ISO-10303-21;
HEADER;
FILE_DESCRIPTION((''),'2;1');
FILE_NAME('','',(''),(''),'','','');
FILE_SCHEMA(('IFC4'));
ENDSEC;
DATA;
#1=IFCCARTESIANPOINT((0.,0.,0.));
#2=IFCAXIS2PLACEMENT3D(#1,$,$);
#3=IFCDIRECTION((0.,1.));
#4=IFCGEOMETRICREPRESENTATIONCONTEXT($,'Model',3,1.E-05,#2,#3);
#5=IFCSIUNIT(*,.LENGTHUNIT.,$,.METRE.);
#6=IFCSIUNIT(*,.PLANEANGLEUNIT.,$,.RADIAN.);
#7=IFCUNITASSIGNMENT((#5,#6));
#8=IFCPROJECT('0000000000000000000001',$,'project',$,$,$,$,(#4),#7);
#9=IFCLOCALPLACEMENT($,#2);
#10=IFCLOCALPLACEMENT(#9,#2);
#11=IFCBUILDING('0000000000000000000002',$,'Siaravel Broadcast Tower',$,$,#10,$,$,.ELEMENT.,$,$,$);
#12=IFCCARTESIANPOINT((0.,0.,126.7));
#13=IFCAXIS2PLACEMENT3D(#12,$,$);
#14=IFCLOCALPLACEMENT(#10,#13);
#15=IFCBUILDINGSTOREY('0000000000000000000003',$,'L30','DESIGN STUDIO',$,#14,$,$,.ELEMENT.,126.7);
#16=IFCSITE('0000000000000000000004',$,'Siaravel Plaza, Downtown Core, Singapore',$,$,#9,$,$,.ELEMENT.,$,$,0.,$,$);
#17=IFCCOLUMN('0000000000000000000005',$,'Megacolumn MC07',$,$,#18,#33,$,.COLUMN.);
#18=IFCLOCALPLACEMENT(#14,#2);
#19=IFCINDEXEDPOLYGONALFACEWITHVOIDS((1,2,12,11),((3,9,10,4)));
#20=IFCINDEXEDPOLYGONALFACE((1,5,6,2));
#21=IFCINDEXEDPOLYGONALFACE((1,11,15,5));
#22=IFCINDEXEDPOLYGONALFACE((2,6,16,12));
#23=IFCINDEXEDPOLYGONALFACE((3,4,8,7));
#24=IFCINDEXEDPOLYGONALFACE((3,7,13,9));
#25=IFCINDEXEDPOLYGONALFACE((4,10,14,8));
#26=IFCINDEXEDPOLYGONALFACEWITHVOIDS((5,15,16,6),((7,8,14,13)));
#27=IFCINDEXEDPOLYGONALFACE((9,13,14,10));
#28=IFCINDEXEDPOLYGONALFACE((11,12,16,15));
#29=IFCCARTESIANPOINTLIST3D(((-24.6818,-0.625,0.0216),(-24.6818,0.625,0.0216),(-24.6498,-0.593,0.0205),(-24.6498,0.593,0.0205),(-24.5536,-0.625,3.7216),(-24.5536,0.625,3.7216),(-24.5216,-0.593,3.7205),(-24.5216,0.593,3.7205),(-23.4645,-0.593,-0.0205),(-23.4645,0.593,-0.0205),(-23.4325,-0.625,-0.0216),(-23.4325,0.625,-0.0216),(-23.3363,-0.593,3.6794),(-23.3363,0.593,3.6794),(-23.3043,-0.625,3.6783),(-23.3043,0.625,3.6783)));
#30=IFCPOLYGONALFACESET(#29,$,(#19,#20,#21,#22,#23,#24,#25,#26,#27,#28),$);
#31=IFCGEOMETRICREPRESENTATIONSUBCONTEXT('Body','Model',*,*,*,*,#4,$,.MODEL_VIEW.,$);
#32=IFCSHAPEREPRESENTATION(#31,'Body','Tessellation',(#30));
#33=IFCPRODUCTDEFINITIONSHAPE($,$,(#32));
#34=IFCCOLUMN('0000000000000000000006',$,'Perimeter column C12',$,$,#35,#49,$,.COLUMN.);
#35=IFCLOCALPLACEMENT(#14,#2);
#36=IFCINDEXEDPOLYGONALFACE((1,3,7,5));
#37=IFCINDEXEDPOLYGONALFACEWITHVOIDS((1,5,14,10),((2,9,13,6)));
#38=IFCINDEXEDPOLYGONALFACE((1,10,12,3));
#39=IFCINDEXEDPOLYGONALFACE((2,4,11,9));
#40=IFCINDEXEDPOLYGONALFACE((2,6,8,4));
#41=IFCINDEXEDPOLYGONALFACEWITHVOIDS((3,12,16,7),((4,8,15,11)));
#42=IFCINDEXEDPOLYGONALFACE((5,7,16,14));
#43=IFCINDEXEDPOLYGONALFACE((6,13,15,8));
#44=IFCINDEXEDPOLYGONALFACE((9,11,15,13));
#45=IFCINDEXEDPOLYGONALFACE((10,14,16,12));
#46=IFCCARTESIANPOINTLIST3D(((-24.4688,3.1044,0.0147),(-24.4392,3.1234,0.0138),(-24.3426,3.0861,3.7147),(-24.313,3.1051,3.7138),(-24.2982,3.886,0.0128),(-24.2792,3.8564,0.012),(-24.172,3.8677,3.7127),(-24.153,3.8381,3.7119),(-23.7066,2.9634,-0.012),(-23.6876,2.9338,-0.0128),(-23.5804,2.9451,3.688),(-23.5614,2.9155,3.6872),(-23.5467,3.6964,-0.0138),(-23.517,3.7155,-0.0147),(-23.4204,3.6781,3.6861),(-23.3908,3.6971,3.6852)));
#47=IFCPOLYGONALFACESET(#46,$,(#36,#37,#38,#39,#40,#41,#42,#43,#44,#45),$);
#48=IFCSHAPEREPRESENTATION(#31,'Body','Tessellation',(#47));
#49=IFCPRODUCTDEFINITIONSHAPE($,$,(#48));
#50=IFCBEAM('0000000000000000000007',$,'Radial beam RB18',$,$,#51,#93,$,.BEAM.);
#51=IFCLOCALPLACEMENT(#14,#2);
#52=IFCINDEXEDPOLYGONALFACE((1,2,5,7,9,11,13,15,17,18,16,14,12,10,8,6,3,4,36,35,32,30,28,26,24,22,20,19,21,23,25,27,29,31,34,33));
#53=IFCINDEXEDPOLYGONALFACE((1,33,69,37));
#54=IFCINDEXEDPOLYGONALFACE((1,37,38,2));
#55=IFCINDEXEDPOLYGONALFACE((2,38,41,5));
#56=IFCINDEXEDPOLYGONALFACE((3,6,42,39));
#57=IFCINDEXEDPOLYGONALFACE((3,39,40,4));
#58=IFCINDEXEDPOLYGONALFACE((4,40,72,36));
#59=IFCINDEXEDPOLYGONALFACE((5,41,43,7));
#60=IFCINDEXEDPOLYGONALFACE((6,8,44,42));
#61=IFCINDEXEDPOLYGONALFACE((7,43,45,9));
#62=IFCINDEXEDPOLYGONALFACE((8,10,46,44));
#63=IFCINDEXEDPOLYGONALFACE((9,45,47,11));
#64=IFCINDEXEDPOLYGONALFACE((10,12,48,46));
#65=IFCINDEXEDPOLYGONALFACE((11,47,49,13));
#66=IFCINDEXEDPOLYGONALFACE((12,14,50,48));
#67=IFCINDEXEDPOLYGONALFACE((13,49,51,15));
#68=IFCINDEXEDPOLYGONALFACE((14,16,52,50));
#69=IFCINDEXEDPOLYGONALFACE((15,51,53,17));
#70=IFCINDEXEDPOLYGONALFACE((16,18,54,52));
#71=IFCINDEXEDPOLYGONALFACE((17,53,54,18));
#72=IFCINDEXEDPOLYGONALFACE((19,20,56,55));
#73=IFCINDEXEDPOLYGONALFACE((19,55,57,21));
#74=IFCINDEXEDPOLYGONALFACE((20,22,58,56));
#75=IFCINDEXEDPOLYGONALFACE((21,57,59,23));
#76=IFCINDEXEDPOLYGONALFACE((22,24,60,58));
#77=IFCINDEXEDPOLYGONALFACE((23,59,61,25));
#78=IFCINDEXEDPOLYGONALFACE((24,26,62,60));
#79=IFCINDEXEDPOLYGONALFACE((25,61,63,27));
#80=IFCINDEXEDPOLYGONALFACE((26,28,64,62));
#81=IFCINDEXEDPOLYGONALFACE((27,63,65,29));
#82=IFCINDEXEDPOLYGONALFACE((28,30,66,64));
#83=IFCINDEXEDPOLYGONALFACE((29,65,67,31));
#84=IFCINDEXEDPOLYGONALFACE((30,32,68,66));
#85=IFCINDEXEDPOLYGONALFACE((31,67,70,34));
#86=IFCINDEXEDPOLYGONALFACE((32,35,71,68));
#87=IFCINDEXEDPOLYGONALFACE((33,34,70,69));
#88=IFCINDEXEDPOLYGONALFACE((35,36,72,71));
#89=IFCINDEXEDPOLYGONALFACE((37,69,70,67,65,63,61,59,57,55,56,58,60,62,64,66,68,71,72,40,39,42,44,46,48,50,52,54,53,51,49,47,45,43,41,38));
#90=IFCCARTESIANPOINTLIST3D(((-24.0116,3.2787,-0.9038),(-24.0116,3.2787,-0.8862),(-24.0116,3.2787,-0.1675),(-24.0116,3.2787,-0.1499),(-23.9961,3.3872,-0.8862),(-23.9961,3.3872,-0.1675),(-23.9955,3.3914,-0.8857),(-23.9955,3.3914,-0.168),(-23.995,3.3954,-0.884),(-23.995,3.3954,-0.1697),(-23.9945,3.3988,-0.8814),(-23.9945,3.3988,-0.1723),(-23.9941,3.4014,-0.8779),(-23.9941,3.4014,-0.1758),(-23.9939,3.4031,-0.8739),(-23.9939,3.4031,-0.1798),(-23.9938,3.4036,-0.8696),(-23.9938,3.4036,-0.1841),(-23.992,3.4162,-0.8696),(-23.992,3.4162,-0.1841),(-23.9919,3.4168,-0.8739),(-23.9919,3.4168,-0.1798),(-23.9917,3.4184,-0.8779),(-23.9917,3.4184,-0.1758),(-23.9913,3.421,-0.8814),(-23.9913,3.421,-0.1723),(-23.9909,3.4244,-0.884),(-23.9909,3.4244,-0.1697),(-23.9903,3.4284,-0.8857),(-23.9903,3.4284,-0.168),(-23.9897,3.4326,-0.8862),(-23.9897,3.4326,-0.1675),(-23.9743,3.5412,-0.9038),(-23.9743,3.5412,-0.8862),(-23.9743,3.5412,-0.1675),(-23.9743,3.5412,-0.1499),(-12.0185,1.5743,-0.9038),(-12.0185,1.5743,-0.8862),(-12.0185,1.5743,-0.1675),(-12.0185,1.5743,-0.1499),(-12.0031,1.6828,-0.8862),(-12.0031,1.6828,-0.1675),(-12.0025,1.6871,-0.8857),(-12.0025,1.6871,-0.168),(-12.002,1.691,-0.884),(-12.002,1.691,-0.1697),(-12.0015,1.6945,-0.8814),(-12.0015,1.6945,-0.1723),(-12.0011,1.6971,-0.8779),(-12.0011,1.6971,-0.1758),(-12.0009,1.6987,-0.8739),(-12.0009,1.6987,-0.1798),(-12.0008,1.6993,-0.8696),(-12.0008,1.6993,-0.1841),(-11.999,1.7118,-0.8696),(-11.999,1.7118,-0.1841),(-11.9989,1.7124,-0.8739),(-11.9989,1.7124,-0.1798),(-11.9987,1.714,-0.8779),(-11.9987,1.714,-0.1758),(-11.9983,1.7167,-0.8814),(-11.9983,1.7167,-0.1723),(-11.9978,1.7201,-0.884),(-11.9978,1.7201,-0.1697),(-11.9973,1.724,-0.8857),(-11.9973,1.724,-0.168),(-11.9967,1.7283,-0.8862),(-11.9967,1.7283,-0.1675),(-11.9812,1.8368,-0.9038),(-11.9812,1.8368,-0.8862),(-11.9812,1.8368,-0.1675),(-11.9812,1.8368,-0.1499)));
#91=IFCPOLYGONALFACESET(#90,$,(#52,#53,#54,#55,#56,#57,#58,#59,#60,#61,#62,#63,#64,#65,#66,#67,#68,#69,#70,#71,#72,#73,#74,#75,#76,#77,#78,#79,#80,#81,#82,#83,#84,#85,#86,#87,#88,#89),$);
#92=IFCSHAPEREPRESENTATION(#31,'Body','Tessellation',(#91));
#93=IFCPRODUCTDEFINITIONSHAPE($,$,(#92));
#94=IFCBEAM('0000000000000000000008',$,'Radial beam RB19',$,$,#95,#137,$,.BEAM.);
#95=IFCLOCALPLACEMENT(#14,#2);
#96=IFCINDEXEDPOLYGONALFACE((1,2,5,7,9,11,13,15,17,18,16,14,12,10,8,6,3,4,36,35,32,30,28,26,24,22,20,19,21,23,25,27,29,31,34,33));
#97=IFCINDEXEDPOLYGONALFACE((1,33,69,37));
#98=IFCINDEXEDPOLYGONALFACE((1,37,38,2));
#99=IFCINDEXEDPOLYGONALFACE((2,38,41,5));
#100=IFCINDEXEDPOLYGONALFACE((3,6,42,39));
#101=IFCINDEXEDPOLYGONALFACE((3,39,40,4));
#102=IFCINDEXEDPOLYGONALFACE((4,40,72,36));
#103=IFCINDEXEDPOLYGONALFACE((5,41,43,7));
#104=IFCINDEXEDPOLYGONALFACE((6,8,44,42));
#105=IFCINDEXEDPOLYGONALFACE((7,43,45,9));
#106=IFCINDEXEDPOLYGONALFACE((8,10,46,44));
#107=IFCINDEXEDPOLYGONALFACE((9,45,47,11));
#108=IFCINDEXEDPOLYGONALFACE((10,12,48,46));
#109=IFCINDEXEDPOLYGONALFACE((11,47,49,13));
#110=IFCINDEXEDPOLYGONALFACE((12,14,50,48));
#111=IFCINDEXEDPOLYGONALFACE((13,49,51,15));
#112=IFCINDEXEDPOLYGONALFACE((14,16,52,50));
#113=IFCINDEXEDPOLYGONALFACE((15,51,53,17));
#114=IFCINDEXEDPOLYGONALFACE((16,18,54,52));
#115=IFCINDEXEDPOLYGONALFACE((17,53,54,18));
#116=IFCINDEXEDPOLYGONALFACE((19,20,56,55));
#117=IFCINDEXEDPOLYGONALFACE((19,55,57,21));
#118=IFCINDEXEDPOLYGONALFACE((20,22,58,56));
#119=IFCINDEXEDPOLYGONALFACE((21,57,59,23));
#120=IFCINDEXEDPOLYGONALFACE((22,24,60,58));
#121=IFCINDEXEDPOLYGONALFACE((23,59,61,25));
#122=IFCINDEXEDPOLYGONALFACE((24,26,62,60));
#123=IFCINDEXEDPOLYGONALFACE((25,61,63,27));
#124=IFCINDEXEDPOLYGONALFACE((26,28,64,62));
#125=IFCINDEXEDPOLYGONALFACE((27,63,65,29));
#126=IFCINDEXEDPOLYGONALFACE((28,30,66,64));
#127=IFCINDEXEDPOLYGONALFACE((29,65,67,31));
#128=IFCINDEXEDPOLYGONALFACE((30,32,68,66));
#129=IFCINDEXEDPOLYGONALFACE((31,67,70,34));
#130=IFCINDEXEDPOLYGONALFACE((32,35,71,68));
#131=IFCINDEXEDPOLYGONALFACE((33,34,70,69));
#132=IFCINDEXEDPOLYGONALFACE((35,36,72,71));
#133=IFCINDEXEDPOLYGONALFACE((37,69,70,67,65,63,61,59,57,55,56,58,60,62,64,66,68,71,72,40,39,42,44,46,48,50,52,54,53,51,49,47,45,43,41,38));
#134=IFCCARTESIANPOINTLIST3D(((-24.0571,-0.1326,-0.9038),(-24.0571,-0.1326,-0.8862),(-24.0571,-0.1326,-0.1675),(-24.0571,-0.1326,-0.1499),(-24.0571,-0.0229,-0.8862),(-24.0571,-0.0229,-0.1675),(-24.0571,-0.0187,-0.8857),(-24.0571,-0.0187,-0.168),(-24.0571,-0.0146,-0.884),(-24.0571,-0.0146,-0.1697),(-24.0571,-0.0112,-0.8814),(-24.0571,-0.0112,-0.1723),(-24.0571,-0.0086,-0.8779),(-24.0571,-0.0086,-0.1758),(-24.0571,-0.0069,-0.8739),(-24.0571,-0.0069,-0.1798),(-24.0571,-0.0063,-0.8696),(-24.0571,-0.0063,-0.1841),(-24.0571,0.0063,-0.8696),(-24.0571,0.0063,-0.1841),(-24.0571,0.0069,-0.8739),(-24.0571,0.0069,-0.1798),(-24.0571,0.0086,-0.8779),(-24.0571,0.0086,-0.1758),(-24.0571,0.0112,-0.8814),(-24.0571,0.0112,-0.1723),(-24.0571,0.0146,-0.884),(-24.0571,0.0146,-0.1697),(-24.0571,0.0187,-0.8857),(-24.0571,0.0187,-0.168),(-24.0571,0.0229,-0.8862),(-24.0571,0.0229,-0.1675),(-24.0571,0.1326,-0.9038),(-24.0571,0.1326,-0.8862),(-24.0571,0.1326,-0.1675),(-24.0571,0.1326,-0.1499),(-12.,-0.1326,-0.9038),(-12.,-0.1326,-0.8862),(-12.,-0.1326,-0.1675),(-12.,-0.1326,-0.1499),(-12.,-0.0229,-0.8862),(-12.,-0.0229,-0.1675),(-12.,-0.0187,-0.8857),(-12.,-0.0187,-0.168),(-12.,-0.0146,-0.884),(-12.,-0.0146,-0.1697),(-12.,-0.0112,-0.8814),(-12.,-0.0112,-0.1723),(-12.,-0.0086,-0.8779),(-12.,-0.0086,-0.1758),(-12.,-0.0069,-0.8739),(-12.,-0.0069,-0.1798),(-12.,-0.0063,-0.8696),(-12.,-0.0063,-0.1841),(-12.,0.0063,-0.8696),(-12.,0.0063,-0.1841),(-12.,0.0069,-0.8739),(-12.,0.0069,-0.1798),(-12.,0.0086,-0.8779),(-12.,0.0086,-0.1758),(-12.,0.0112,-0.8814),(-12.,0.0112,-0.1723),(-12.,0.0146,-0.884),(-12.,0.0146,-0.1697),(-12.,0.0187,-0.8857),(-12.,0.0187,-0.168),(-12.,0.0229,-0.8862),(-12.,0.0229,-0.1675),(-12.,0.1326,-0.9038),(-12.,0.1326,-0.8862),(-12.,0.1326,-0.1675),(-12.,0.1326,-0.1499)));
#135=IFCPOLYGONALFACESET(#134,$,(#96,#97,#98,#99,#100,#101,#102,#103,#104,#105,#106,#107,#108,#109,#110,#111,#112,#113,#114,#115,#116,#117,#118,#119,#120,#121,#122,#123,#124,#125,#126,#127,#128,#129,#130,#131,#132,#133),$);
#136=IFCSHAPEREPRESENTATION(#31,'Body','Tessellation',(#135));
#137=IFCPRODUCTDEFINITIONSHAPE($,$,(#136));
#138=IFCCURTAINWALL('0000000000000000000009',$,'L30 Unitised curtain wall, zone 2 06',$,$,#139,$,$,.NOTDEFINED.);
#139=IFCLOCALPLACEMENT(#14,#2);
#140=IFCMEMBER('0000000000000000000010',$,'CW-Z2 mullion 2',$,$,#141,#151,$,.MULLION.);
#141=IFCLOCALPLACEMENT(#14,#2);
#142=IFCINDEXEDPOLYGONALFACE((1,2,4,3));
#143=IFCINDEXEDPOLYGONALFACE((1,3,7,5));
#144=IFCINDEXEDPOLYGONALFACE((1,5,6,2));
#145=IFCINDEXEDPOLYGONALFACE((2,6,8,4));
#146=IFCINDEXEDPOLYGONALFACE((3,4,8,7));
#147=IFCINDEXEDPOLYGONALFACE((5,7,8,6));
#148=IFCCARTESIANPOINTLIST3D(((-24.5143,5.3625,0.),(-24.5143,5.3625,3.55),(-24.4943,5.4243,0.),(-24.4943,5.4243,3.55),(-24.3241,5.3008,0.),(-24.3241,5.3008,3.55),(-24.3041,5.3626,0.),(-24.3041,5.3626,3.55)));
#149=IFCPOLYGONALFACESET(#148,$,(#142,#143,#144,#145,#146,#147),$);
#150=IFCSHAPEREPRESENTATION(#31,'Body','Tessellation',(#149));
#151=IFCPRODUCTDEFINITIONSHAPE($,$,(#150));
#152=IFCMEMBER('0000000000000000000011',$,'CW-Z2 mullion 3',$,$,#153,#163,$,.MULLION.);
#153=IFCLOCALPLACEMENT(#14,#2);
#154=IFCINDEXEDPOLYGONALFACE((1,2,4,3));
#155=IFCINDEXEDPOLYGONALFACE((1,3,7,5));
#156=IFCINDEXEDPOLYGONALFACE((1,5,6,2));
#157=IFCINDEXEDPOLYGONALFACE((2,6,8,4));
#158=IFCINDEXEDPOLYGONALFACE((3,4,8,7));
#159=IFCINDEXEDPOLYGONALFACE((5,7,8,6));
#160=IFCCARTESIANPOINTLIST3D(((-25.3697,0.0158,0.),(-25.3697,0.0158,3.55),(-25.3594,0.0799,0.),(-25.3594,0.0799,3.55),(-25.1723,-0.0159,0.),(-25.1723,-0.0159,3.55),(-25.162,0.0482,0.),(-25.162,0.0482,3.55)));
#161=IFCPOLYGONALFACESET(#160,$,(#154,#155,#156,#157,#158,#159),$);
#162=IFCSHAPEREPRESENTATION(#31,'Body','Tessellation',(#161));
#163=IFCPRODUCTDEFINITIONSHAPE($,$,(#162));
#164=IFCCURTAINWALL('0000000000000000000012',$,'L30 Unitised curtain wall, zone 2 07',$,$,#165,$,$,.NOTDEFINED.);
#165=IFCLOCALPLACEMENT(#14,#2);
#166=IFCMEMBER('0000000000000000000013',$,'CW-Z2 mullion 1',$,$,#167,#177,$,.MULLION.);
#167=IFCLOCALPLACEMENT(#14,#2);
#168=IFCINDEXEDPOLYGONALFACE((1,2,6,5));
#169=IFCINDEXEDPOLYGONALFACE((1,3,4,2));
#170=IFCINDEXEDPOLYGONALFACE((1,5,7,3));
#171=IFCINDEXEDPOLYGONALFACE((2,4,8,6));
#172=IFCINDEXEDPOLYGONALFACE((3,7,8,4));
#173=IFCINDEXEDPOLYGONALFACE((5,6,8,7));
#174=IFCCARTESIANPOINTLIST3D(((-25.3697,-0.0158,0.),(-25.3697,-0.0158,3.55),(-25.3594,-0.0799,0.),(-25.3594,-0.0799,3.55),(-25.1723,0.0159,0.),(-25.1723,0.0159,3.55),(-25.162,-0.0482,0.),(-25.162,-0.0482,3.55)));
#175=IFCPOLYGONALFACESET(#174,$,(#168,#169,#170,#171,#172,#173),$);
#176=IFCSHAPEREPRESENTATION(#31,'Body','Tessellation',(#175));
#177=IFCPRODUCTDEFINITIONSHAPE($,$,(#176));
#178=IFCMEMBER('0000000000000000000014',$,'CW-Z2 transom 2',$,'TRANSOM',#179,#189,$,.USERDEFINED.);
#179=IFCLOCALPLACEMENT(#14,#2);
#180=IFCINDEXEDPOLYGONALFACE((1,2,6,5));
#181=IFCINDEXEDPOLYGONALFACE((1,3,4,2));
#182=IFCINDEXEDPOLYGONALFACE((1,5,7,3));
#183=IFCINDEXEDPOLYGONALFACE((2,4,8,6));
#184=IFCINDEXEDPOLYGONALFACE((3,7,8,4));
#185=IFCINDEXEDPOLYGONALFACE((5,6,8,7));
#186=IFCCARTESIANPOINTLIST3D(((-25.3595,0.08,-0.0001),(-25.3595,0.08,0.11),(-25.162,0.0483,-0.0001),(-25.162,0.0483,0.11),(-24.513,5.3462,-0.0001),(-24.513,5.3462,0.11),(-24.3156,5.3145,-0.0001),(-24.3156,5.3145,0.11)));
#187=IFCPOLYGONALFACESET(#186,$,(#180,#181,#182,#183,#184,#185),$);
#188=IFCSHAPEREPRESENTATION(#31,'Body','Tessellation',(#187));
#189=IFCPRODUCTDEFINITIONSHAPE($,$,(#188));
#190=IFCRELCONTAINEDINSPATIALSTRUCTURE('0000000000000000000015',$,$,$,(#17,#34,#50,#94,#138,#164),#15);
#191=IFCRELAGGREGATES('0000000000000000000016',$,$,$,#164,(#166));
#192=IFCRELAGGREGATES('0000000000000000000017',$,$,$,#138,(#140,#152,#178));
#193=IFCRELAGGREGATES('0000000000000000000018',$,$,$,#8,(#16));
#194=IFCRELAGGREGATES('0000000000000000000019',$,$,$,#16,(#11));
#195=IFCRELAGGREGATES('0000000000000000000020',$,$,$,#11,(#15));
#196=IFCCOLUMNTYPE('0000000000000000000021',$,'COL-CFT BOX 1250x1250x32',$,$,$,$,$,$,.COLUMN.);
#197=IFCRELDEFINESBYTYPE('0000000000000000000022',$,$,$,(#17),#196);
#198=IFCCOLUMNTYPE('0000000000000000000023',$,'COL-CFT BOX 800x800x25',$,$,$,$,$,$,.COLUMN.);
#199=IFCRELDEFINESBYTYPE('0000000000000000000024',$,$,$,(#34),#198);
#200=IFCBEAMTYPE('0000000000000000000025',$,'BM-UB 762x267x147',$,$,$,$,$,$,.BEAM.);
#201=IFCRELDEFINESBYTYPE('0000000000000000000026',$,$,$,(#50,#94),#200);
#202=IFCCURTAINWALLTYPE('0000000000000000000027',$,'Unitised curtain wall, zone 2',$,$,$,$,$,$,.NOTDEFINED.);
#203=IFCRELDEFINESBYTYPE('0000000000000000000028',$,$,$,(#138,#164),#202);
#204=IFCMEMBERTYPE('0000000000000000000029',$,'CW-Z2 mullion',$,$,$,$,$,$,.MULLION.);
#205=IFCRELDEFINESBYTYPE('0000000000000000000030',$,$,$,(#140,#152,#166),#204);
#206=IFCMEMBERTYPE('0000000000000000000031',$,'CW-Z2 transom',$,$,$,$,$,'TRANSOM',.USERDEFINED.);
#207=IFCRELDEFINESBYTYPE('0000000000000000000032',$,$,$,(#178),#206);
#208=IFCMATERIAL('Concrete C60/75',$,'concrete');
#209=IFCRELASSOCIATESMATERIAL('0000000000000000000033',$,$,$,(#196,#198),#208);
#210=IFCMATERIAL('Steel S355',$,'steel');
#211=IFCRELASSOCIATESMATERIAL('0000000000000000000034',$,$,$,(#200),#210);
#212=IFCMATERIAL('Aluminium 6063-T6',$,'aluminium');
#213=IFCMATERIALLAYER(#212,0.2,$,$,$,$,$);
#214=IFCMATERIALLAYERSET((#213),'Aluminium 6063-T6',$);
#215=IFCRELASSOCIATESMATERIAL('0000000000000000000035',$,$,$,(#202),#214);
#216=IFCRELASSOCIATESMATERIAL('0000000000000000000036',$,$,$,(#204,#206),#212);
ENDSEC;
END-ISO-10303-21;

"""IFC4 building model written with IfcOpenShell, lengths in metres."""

from ifc_helpers import new_model, si_unit, direction, frame, origin, origin_2d, place, context, subcontext, project, spatial, rectangle, hollow_rectangle, i_section, extrude, material, layer, layer_set, material_profile, profile_set, type_object, element, aggregate, save


model = new_model("IFC4")

# Units and contexts
model_context = context("Model", 3, precision=1e-05, world=origin(), true_north=direction((0.0, 1.0)))
body_context = subcontext(model_context, "Body", "Model", "MODEL_VIEW")
ifc_project = project(units=[si_unit("LENGTHUNIT", "METRE"), si_unit("PLANEANGLEUNIT", "RADIAN")], contexts=[model_context])

# Site, building, storey
site_placement = place(None, origin())
site = spatial("IfcSite", under=ifc_project, at=site_placement, Name="Siaravel Plaza, Downtown Core, Singapore", CompositionType="ELEMENT", RefElevation=0.0)
building_placement = place(site_placement, origin())
building = spatial("IfcBuilding", under=site, at=building_placement, Name="Siaravel Broadcast Tower", CompositionType="ELEMENT")
storey_placement = place(building_placement, frame((0.0, 0.0, 126.7)))
storey = spatial("IfcBuildingStorey", under=building, at=storey_placement, Name="L30", Description="DESIGN STUDIO", CompositionType="ELEMENT", Elevation=126.7)

# Columns
ifc_material_1 = material(Name="Concrete C60/75", Category="concrete")
ifc_material_profile_1 = material_profile(ifc_material_1, hollow_rectangle(XDim=1.25, YDim=1.25, WallThickness=0.032, at=origin_2d()))
ifc_profile_set_1 = profile_set([ifc_material_profile_1], Name="Concrete C60/75")
column_type_1 = type_object("IfcColumnType", Name="COL-CFT BOX 1250x1250x32", PredefinedType="COLUMN", material=ifc_profile_set_1)
column_1_placement = place(storey_placement, frame((-24.0571, 0.0, 0.0), z_axis=(0.034621, 0.0, 0.999401), x_axis=(0.0, 1.0, 0.0)))
element("IfcColumn", 1, at=column_1_placement, inside=storey, type_object=column_type_1, Name="Megacolumn MC07", PredefinedType="COLUMN", context=body_context, shape_type="SweptSolid", body=[
    extrude(hollow_rectangle(XDim=1.25, YDim=1.25, WallThickness=0.032, at=origin_2d()), origin(), (0.0, 0.0, 1.0), 3.7021),
])
ifc_material_profile_2 = material_profile(ifc_material_1, hollow_rectangle(XDim=0.8, YDim=0.8, WallThickness=0.0249, at=origin_2d()))
ifc_profile_set_2 = profile_set([ifc_material_profile_2], Name="Concrete C60/75")
column_type_2 = type_object("IfcColumnType", Name="COL-CFT BOX 800x800x25", PredefinedType="COLUMN", material=ifc_profile_set_2)
column_2_placement = place(storey_placement, frame((-23.9929, 3.4099, 0.0), z_axis=(0.034094, -0.004946, 0.999406), x_axis=(0.213231, 0.976999, -0.002439)))
element("IfcColumn", 2, at=column_2_placement, inside=storey, type_object=column_type_2, Name="Perimeter column C12", PredefinedType="COLUMN", context=body_context, shape_type="SweptSolid", body=[
    extrude(hollow_rectangle(XDim=0.8, YDim=0.8, WallThickness=0.0249, at=origin_2d()), origin(), (0.0, 0.0, 1.0), 3.7021),
])

# Beams
ifc_material_2 = material(Name="Steel S355", Category="steel")
ifc_material_profile_3 = material_profile(ifc_material_2, i_section(OverallWidth=0.2651, OverallDepth=0.7539, WebThickness=0.0127, FlangeThickness=0.0176, FilletRadius=0.0166, at=origin_2d()))
ifc_profile_set_3 = profile_set([ifc_material_profile_3], Name="Steel S355")
beam_type = type_object("IfcBeamType", Name="BM-UB 762x267x147", PredefinedType="BEAM", material=ifc_profile_set_3)
beam_1_placement = place(storey_placement, frame((-23.9929, 3.4099, -0.5269), z_axis=(0.990052, -0.140699, 0.0), x_axis=(0.140699, 0.990052, 0.0)))
element("IfcBeam", 3, at=beam_1_placement, inside=storey, type_object=beam_type, Name="Radial beam RB18", PredefinedType="BEAM", context=body_context, shape_type="SweptSolid", body=[
    extrude(i_section(OverallWidth=0.2651, OverallDepth=0.7539, WebThickness=0.0127, FlangeThickness=0.0176, FilletRadius=0.0166, at=origin_2d()), origin(), (0.0, 0.0, 1.0), 12.1135),
])
beam_2_placement = place(storey_placement, frame((-24.0571, 0.0, -0.5269), z_axis=(1.0, 0.0, 0.0), x_axis=(0.0, 1.0, 0.0)))
element("IfcBeam", 4, at=beam_2_placement, inside=storey, type_object=beam_type, Name="Radial beam RB19", PredefinedType="BEAM", context=body_context, shape_type="SweptSolid", body=[
    extrude(i_section(OverallWidth=0.2651, OverallDepth=0.7539, WebThickness=0.0127, FlangeThickness=0.0176, FilletRadius=0.0166, at=origin_2d()), origin(), (0.0, 0.0, 1.0), 12.0571),
])

# Curtain wall, members
ifc_material_3 = material(Name="Aluminium 6063-T6", Category="aluminium")
ifc_layer_1 = layer(ifc_material_3, 0.2)
ifc_layer_set_1 = layer_set([ifc_layer_1], Name="Aluminium 6063-T6")
curtain_wall_type = type_object("IfcCurtainWallType", Name="Unitised curtain wall, zone 2", PredefinedType="NOTDEFINED", material=ifc_layer_set_1)
curtain_wall_1_placement = place(storey_placement, origin())
curtain_wall_1 = element("IfcCurtainWall", 5, at=curtain_wall_1_placement, inside=storey, type_object=curtain_wall_type, Name="L30 Unitised curtain wall, zone 2 06", PredefinedType="NOTDEFINED")
ifc_material_profile_4 = material_profile(ifc_material_3, rectangle(XDim=0.2, YDim=0.0649, at=origin_2d()))
ifc_profile_set_4 = profile_set([ifc_material_profile_4], Name="Aluminium 6063-T6")
member_type_1 = type_object("IfcMemberType", Name="CW-Z2 mullion", PredefinedType="MULLION", material=ifc_profile_set_4)
member_1_placement = place(storey_placement, frame((-24.4092, 5.3625, 0.0), z_axis=(0.0, 0.0, 1.0), x_axis=(0.951177, -0.308645, 0.0)))
member_1 = element("IfcMember", 6, at=member_1_placement, type_object=member_type_1, Name="CW-Z2 mullion 2", PredefinedType="MULLION", context=body_context, shape_type="SweptSolid", body=[
    extrude(rectangle(XDim=0.2, YDim=0.0649, at=origin_2d()), origin(), (0.0, 0.0, 1.0), 3.55),
])
member_2_placement = place(storey_placement, frame((-25.2659, 0.032, 0.0), z_axis=(0.0, 0.0, 1.0), x_axis=(0.987329, -0.158686, 0.0)))
member_2 = element("IfcMember", 7, at=member_2_placement, type_object=member_type_1, Name="CW-Z2 mullion 3", PredefinedType="MULLION", context=body_context, shape_type="SweptSolid", body=[
    extrude(rectangle(XDim=0.2, YDim=0.0649, at=origin_2d()), origin(), (0.0, 0.0, 1.0), 3.55),
])

# Curtain wall, member
curtain_wall_2_placement = place(storey_placement, origin())
curtain_wall_2 = element("IfcCurtainWall", 8, at=curtain_wall_2_placement, inside=storey, type_object=curtain_wall_type, Name="L30 Unitised curtain wall, zone 2 07", PredefinedType="NOTDEFINED")
member_3_placement = place(storey_placement, frame((-25.2659, -0.032, 0.0), z_axis=(0.0, 0.0, 1.0), x_axis=(0.987329, 0.158686, 0.0)))
member_3 = element("IfcMember", 9, at=member_3_placement, type_object=member_type_1, Name="CW-Z2 mullion 1", PredefinedType="MULLION", context=body_context, shape_type="SweptSolid", body=[
    extrude(rectangle(XDim=0.2, YDim=0.0649, at=origin_2d()), origin(), (0.0, 0.0, 1.0), 3.55),
])

# Member
ifc_material_profile_5 = material_profile(ifc_material_3, rectangle(XDim=0.2, YDim=0.1101, at=origin_2d()))
ifc_profile_set_5 = profile_set([ifc_material_profile_5], Name="Aluminium 6063-T6")
member_type_2 = type_object("IfcMemberType", Name="CW-Z2 transom", ElementType="TRANSOM", PredefinedType="USERDEFINED", material=ifc_profile_set_5)
member_4_placement = place(storey_placement, frame((-24.4143, 5.3303, 0.0549), z_axis=(-0.158696, -0.987328, 0.0), x_axis=(0.987328, -0.158696, 0.0)))
member_4 = element("IfcMember", 10, at=member_4_placement, type_object=member_type_2, Name="CW-Z2 transom 2", ObjectType="TRANSOM", PredefinedType="USERDEFINED", context=body_context, shape_type="SweptSolid", body=[
    extrude(rectangle(XDim=0.2, YDim=0.1101, at=origin_2d()), origin(), (0.0, 0.0, 1.0), 5.3337),
])
aggregate(curtain_wall_2, [member_3])

aggregate(curtain_wall_1, [member_1, member_2, member_4])

save(model, "model.ifc")
